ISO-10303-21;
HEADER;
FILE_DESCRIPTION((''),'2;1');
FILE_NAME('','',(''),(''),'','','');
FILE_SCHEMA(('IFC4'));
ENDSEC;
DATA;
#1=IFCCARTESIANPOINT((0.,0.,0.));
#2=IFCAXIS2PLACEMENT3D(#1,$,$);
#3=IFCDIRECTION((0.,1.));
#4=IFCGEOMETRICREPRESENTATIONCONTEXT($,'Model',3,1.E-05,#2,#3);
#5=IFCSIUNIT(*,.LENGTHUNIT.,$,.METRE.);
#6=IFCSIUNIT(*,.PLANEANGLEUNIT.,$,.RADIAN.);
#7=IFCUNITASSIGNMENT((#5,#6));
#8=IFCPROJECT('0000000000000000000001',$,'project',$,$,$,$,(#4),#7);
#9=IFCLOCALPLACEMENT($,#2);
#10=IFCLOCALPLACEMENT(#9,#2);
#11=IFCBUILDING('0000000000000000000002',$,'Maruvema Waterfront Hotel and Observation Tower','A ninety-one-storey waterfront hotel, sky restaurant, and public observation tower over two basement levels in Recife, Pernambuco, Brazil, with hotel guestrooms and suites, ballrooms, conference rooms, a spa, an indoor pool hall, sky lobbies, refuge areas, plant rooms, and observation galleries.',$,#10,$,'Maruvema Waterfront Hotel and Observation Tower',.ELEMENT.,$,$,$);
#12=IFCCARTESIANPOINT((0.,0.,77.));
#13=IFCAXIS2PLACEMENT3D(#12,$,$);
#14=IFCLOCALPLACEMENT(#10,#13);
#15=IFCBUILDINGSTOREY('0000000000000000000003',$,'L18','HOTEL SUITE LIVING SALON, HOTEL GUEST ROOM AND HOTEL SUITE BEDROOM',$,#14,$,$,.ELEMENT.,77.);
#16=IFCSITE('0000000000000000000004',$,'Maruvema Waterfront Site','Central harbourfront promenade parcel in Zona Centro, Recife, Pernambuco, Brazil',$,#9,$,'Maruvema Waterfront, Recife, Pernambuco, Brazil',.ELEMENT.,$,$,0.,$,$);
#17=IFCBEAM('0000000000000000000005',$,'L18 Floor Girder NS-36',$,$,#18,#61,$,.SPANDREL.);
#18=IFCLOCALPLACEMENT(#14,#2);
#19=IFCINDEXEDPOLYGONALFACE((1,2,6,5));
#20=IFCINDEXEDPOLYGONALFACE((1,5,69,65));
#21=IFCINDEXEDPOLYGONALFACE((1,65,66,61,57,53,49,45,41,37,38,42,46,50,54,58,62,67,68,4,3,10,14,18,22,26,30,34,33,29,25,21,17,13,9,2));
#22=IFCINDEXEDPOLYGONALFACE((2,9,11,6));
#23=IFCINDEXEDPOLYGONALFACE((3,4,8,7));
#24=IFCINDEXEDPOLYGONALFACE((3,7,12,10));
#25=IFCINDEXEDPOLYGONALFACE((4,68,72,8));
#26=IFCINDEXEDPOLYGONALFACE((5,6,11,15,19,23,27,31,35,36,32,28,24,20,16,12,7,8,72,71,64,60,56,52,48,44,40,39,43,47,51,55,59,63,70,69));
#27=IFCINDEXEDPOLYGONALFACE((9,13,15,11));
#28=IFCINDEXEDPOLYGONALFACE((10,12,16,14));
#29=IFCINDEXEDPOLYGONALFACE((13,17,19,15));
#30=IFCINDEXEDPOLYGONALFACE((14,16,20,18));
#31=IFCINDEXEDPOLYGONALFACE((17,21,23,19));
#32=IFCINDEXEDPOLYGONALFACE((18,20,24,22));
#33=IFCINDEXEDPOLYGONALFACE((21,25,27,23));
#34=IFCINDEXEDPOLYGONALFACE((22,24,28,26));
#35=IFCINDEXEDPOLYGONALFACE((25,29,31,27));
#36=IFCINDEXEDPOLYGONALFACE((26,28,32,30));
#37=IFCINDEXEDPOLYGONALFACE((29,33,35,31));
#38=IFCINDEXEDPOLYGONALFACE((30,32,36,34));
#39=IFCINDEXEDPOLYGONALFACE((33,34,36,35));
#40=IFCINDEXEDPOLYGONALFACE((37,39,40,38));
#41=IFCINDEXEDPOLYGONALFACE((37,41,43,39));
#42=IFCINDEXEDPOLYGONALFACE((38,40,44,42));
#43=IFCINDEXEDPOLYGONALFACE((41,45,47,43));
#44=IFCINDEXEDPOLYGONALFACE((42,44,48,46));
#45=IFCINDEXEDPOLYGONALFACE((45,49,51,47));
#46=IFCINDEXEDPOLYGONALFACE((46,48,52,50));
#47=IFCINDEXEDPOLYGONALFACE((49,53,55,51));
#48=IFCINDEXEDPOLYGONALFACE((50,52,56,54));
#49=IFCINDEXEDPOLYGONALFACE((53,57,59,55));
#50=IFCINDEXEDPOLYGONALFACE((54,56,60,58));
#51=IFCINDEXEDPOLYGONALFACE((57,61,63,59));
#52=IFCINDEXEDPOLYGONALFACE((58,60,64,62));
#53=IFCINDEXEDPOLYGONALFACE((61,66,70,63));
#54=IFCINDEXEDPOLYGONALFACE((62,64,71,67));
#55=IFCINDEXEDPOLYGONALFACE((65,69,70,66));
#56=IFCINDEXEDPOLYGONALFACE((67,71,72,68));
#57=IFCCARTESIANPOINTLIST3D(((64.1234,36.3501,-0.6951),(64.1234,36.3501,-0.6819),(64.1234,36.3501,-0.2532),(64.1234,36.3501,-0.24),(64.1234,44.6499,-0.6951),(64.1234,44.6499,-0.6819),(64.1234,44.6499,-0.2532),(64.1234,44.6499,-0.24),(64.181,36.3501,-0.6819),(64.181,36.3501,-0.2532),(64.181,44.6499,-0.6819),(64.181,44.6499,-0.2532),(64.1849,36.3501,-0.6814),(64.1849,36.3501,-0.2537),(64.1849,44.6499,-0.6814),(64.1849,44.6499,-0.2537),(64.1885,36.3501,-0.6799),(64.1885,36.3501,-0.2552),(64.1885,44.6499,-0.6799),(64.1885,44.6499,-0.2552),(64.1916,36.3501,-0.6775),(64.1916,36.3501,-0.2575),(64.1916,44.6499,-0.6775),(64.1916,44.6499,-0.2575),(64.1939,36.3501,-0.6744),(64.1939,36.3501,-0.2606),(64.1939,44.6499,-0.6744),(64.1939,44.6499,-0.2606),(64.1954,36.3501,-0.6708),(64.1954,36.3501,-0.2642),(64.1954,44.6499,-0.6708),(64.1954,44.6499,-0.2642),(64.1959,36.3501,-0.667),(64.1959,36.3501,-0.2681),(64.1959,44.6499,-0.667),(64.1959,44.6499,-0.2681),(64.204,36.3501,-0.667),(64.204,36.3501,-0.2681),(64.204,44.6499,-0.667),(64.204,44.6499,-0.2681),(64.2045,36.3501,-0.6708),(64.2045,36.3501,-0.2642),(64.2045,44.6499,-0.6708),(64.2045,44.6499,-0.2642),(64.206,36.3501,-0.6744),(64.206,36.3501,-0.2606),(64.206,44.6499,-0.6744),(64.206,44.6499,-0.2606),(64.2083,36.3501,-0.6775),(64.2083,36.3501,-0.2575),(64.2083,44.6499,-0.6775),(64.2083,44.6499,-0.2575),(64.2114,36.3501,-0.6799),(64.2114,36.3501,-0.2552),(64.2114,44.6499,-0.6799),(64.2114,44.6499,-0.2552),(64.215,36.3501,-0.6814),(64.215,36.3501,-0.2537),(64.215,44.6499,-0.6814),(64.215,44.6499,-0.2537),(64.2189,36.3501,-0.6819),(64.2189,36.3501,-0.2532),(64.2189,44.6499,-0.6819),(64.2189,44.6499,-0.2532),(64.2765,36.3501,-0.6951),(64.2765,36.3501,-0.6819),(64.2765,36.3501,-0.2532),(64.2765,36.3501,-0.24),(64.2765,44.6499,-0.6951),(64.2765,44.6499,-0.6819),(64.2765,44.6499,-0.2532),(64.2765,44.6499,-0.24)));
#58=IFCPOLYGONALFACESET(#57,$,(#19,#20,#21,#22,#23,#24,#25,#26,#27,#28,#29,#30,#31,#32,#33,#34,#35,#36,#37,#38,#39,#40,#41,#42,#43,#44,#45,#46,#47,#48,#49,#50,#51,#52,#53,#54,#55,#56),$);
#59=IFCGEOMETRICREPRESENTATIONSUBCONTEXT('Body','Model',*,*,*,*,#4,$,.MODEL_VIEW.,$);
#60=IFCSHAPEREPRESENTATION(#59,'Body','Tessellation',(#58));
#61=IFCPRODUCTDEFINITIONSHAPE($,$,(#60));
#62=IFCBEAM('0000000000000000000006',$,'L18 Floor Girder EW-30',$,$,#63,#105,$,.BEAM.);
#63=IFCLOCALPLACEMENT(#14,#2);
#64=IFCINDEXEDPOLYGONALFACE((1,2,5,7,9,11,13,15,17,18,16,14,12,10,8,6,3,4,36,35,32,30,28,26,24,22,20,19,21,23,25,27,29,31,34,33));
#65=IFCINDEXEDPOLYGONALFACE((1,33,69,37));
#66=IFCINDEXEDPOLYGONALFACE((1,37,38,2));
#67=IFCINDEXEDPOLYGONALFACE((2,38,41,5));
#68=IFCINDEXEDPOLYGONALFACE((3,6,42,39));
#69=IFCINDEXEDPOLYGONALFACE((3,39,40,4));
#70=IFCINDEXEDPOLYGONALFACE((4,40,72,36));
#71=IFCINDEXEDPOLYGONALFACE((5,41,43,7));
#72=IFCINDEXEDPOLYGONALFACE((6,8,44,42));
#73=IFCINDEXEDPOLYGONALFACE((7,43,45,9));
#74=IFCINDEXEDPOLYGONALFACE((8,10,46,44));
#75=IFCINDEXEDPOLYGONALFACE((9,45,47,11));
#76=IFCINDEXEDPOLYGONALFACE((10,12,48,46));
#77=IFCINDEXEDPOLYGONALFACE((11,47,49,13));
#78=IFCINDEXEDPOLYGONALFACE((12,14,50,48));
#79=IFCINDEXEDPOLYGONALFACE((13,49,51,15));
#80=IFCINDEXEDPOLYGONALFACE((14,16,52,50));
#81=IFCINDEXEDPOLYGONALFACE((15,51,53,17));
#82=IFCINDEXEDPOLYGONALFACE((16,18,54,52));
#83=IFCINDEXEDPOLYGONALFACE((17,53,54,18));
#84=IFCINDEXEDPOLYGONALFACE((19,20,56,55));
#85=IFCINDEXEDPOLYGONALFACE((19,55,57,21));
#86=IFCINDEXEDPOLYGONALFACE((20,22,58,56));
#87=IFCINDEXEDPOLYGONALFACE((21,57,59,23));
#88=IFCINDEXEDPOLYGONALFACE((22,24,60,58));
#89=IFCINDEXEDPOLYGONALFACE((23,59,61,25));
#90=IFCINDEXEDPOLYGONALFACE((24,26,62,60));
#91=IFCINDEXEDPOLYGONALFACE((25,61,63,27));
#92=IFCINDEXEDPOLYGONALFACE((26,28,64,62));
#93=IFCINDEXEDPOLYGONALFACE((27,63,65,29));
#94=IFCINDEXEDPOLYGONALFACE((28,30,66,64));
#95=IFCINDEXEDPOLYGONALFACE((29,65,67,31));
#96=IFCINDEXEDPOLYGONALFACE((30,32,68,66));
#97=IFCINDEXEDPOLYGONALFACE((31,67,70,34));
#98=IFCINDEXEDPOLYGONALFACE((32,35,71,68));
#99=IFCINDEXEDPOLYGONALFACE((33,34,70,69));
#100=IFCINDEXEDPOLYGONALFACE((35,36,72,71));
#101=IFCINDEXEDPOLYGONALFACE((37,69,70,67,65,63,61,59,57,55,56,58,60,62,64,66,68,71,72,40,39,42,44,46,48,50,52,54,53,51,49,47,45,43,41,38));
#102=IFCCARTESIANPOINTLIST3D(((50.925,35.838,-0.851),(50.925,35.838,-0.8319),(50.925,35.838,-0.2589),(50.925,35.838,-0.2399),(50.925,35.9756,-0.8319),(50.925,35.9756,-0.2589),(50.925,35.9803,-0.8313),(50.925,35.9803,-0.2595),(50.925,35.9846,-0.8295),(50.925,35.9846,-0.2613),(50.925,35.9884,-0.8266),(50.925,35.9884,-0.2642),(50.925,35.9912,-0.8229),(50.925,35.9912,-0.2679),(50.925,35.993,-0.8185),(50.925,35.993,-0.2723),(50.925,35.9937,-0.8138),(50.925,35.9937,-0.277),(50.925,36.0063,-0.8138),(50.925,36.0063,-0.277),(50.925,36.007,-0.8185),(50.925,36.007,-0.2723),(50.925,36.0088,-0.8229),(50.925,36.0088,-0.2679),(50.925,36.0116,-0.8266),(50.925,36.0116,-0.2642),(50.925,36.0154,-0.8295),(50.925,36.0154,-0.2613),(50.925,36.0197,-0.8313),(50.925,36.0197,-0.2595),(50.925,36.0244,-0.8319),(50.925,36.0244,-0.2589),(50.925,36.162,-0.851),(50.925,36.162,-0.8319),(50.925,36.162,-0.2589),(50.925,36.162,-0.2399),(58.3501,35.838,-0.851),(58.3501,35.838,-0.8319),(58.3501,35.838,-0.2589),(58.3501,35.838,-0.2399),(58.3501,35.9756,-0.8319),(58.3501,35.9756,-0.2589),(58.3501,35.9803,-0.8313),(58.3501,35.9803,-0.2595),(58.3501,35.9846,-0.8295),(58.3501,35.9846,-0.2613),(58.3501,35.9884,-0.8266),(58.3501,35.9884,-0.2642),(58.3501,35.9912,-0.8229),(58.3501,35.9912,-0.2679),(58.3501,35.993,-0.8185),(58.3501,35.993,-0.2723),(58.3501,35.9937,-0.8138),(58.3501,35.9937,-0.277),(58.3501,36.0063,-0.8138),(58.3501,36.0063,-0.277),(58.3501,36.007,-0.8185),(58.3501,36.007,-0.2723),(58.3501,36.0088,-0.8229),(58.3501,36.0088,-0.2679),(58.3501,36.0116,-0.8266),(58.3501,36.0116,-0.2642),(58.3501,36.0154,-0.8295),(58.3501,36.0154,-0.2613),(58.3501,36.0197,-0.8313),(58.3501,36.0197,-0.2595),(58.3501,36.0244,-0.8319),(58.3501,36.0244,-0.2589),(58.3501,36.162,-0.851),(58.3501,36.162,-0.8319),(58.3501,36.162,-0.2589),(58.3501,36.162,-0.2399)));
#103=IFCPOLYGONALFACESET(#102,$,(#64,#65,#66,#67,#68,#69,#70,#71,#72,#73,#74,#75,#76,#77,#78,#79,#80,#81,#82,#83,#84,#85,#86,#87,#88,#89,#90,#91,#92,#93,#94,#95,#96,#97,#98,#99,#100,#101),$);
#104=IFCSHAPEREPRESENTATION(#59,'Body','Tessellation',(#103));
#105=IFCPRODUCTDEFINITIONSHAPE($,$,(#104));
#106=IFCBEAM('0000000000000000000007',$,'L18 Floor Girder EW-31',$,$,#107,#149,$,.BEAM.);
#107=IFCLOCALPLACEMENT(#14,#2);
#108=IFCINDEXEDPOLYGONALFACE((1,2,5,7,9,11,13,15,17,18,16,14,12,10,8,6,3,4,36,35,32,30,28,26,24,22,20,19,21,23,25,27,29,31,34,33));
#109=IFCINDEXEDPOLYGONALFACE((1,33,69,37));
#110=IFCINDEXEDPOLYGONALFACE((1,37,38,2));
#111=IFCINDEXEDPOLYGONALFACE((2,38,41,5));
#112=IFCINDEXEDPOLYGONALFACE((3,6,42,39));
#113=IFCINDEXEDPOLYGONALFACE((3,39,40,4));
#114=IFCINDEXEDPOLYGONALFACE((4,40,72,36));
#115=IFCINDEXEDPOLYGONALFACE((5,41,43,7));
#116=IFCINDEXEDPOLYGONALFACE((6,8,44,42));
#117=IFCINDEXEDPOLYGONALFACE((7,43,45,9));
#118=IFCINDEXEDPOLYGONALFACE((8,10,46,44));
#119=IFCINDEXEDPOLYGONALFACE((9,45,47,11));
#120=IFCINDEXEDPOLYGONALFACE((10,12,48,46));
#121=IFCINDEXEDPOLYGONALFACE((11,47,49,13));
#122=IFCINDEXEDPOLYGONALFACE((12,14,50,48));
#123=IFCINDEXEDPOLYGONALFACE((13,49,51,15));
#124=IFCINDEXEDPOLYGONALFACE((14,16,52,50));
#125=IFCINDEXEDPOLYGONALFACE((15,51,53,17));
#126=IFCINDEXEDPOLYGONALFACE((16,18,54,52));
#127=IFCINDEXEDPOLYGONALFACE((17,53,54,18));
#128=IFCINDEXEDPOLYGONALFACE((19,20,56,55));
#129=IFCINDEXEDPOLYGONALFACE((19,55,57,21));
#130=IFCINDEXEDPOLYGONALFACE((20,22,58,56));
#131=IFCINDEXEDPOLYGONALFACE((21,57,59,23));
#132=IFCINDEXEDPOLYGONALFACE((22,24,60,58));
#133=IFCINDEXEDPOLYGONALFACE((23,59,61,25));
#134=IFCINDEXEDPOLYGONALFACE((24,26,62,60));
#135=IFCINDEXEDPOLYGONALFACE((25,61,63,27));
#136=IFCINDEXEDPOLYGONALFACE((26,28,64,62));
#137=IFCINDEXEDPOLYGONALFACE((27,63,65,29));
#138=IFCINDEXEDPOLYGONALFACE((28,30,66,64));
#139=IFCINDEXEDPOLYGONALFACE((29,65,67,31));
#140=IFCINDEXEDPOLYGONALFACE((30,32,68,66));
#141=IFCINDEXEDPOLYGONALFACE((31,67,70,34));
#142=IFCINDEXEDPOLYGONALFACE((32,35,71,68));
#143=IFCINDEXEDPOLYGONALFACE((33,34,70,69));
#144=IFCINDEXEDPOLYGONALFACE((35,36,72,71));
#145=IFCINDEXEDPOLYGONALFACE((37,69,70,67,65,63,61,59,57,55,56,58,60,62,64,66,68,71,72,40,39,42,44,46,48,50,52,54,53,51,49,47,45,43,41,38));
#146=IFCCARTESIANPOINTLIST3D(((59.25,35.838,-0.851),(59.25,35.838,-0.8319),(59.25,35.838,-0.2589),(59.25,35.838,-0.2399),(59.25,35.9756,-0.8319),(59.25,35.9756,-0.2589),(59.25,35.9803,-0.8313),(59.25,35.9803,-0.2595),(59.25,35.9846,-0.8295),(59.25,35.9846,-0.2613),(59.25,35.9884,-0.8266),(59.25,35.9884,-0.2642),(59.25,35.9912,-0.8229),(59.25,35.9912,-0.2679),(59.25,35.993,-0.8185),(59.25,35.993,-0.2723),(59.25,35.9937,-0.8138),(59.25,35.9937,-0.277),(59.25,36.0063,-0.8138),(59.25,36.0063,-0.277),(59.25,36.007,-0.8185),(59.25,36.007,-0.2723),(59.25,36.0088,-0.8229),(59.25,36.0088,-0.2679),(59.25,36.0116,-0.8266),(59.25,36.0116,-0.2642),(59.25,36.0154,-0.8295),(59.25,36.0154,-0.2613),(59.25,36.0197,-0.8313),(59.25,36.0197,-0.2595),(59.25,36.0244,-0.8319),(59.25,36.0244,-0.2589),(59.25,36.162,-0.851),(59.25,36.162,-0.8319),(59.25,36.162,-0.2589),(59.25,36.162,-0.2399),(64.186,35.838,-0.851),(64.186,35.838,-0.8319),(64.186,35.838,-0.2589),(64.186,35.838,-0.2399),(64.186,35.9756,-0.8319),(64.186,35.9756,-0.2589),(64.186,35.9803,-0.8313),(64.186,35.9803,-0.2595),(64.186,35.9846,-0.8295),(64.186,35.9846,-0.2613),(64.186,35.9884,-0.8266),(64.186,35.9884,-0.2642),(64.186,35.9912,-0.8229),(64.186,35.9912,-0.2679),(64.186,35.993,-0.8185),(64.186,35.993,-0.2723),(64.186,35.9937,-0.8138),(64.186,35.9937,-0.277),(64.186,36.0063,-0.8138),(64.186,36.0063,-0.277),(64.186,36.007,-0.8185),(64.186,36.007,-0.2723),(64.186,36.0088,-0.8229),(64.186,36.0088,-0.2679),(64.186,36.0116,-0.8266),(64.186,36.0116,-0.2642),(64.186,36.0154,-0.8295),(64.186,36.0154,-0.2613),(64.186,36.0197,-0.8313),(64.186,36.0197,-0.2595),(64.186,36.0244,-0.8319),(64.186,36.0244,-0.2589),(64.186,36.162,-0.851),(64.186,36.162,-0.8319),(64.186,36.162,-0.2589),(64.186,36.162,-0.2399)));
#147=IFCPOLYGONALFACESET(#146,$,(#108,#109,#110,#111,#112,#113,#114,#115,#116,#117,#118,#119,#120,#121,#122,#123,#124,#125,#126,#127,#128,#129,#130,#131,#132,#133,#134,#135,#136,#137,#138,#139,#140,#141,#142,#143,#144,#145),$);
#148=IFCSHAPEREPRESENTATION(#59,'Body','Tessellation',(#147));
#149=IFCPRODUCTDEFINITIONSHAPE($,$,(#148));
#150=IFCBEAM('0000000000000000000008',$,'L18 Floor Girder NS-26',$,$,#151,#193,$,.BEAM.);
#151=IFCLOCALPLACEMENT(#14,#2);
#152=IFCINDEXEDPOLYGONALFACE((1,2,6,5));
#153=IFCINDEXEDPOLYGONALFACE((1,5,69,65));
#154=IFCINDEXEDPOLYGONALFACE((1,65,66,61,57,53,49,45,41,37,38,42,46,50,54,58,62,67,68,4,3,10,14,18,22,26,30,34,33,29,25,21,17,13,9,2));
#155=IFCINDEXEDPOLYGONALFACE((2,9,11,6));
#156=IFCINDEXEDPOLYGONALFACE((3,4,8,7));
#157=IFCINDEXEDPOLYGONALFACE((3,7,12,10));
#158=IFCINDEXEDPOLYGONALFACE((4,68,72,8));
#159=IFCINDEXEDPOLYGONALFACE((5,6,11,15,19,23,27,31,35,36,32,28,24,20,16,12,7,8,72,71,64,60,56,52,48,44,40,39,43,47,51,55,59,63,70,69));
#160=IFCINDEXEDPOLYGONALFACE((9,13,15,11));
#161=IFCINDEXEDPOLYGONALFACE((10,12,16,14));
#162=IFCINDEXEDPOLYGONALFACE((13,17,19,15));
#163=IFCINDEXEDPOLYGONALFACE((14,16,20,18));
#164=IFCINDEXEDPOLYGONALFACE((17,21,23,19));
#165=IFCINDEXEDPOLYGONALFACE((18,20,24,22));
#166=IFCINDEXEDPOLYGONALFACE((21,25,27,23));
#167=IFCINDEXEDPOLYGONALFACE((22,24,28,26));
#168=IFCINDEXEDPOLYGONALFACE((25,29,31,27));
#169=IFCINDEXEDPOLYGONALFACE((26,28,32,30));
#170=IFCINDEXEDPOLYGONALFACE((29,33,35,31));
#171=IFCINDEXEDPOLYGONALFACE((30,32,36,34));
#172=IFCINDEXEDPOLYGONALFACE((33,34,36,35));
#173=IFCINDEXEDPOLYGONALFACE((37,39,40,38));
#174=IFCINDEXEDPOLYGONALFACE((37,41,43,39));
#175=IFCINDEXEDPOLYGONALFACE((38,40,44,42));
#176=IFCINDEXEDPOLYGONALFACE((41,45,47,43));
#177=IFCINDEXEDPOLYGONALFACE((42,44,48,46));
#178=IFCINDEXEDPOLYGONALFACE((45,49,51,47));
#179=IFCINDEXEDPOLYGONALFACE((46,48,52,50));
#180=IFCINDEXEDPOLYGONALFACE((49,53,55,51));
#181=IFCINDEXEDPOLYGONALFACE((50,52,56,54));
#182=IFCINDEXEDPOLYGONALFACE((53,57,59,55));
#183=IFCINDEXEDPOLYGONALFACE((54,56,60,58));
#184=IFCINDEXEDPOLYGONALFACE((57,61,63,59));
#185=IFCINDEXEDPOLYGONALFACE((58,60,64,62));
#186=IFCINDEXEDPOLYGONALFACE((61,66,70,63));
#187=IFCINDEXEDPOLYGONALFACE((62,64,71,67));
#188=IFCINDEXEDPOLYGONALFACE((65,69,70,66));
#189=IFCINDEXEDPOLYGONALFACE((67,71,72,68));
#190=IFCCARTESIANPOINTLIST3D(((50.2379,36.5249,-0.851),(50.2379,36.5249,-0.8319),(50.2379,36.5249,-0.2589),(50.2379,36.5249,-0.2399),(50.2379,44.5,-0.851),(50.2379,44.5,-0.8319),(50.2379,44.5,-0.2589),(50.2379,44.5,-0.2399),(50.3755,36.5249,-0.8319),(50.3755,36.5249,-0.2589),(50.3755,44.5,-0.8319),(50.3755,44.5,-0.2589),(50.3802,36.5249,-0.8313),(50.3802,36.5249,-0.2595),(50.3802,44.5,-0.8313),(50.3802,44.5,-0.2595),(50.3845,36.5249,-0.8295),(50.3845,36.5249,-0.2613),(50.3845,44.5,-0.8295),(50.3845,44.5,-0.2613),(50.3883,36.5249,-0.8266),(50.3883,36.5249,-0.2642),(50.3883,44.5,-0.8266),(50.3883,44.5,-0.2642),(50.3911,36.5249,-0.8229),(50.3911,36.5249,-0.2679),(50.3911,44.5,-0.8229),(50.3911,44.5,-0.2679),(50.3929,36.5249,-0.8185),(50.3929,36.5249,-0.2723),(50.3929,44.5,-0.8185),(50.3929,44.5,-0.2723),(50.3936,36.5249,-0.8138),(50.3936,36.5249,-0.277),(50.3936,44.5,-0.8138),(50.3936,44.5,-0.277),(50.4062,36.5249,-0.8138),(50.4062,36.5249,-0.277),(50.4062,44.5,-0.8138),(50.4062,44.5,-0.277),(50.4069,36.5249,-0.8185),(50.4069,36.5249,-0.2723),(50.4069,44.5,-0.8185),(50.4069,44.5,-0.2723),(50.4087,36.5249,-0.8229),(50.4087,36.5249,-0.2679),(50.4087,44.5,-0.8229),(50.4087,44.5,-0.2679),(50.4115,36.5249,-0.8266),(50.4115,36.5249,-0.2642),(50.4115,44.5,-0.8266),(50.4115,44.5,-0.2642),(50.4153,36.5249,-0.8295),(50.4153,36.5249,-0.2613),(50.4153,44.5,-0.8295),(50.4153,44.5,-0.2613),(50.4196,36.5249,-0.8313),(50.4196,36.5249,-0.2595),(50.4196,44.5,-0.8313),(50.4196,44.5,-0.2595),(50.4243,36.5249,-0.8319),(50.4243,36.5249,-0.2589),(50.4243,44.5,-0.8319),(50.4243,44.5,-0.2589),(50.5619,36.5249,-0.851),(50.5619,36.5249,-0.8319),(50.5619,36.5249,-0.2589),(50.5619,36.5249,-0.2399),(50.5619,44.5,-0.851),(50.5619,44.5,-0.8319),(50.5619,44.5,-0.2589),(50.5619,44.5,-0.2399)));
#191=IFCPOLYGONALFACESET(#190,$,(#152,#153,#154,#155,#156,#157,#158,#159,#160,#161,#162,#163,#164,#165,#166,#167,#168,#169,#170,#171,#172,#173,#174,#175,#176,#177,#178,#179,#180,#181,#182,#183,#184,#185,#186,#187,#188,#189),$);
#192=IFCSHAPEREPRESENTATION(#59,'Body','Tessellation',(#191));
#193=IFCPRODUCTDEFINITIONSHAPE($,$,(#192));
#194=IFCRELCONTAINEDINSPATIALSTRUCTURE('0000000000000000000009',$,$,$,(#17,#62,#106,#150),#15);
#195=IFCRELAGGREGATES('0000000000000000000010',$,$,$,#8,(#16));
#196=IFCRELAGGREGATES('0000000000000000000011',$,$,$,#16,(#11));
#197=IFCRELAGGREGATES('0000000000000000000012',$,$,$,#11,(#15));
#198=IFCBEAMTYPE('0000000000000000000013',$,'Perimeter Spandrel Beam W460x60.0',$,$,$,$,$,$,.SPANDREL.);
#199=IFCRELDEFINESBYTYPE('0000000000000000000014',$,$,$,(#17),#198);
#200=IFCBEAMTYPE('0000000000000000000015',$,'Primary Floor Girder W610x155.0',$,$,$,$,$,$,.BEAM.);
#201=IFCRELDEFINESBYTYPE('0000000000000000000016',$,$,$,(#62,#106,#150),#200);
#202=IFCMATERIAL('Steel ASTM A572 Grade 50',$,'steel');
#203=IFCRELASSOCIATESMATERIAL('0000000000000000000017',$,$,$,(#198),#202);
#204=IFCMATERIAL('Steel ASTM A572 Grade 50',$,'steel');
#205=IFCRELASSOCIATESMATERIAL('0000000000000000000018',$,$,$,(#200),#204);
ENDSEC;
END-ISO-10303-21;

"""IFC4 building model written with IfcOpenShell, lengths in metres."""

from ifc_helpers import new_model, si_unit, direction, frame, origin, origin_2d, place, context, subcontext, project, spatial, i_section, extrude, material, material_profile, profile_set, type_object, element, save


model = new_model("IFC4")

# Units and contexts
model_context = context("Model", 3, precision=1e-05, world=origin(), true_north=direction((0.0, 1.0)))
body_context = subcontext(model_context, "Body", "Model", "MODEL_VIEW")
ifc_project = project(units=[si_unit("LENGTHUNIT", "METRE"), si_unit("PLANEANGLEUNIT", "RADIAN")], contexts=[model_context])

# Site, building, storey
site_placement = place(None, origin())
site = spatial("IfcSite", under=ifc_project, at=site_placement, Name="Maruvema Waterfront Site", Description="Central harbourfront promenade parcel in Zona Centro, Recife, Pernambuco, Brazil", LongName="Maruvema Waterfront, Recife, Pernambuco, Brazil", CompositionType="ELEMENT", RefElevation=0.0)
building_placement = place(site_placement, origin())
building = spatial("IfcBuilding", under=site, at=building_placement, Name="Maruvema Waterfront Hotel and Observation Tower", Description="A ninety-one-storey waterfront hotel, sky restaurant, and public observation tower over two basement levels in Recife, Pernambuco, Brazil, with hotel guestrooms and suites, ballrooms, conference rooms, a spa, an indoor pool hall, sky lobbies, refuge areas, plant rooms, and observation galleries.", LongName="Maruvema Waterfront Hotel and Observation Tower", CompositionType="ELEMENT")
storey_placement = place(building_placement, frame((0.0, 0.0, 77.0)))
storey = spatial("IfcBuildingStorey", under=building, at=storey_placement, Name="L18", Description="HOTEL SUITE LIVING SALON, HOTEL GUEST ROOM AND HOTEL SUITE BEDROOM", CompositionType="ELEMENT", Elevation=77.0)

# Beams
ifc_material_1 = material(Name="Steel ASTM A572 Grade 50", Category="steel")
ifc_material_profile_1 = material_profile(ifc_material_1, i_section(OverallWidth=0.1531, OverallDepth=0.4551, WebThickness=0.0081, FlangeThickness=0.0132, FilletRadius=0.0149, at=origin_2d()), Name="W460x60.0")
ifc_profile_set_1 = profile_set([ifc_material_profile_1], Name="Steel ASTM A572 Grade 50")
beam_type_1 = type_object("IfcBeamType", Name="Perimeter Spandrel Beam W460x60.0", PredefinedType="SPANDREL", material=ifc_profile_set_1)
for number, where, z_axis, x_axis, name in (
    (1, (64.2, 36.3501, -0.4675), (0.0, 1.0, 0.0), (-1.0, 0.0, 0.0), "L18 Floor Girder NS-36"),
):
    element("IfcBeam", number, at=place(storey_placement, frame(where, z_axis=z_axis, x_axis=x_axis)), inside=storey, type_object=beam_type_1, Name=name, PredefinedType="SPANDREL", context=body_context, shape_type="SweptSolid", body=[
        extrude(i_section(OverallWidth=0.1531, OverallDepth=0.4551, WebThickness=0.0081, FlangeThickness=0.0132, FilletRadius=0.0149, at=origin_2d()), origin(), (0.0, 0.0, 1.0), 8.2998),
    ])
ifc_material_2 = material(Name="Steel ASTM A572 Grade 50", Category="steel")
ifc_material_profile_2 = material_profile(ifc_material_2, i_section(OverallWidth=0.324, OverallDepth=0.6111, WebThickness=0.0127, FlangeThickness=0.019, FilletRadius=0.0181, at=origin_2d()), Name="W610x155.0")
ifc_profile_set_2 = profile_set([ifc_material_profile_2], Name="Steel ASTM A572 Grade 50")
beam_type_2 = type_object("IfcBeamType", Name="Primary Floor Girder W610x155.0", PredefinedType="BEAM", material=ifc_profile_set_2)
beam_1_placement = place(storey_placement, frame((50.925, 36.0, -0.5454), z_axis=(1.0, 0.0, 0.0), x_axis=(0.0, 1.0, 0.0)))
element("IfcBeam", 2, at=beam_1_placement, inside=storey, type_object=beam_type_2, Name="L18 Floor Girder EW-30", PredefinedType="BEAM", context=body_context, shape_type="SweptSolid", body=[
    extrude(i_section(OverallWidth=0.324, OverallDepth=0.6111, WebThickness=0.0127, FlangeThickness=0.019, FilletRadius=0.0181, at=origin_2d()), origin(), (0.0, 0.0, 1.0), 7.425),
])
beam_2_placement = place(storey_placement, frame((59.25, 36.0, -0.5454), z_axis=(1.0, 0.0, 0.0), x_axis=(0.0, 1.0, 0.0)))
element("IfcBeam", 3, at=beam_2_placement, inside=storey, type_object=beam_type_2, Name="L18 Floor Girder EW-31", PredefinedType="BEAM", context=body_context, shape_type="SweptSolid", body=[
    extrude(i_section(OverallWidth=0.324, OverallDepth=0.6111, WebThickness=0.0127, FlangeThickness=0.019, FilletRadius=0.0181, at=origin_2d()), origin(), (0.0, 0.0, 1.0), 4.936),
])
beam_3_placement = place(storey_placement, frame((50.3999, 36.5249, -0.5454), z_axis=(0.0, 1.0, 0.0), x_axis=(-1.0, 0.0, 0.0)))
element("IfcBeam", 4, at=beam_3_placement, inside=storey, type_object=beam_type_2, Name="L18 Floor Girder NS-26", PredefinedType="BEAM", context=body_context, shape_type="SweptSolid", body=[
    extrude(i_section(OverallWidth=0.324, OverallDepth=0.6111, WebThickness=0.0127, FlangeThickness=0.019, FilletRadius=0.0181, at=origin_2d()), origin(), (0.0, 0.0, 1.0), 7.9751),
])

save(model, "model.ifc")
